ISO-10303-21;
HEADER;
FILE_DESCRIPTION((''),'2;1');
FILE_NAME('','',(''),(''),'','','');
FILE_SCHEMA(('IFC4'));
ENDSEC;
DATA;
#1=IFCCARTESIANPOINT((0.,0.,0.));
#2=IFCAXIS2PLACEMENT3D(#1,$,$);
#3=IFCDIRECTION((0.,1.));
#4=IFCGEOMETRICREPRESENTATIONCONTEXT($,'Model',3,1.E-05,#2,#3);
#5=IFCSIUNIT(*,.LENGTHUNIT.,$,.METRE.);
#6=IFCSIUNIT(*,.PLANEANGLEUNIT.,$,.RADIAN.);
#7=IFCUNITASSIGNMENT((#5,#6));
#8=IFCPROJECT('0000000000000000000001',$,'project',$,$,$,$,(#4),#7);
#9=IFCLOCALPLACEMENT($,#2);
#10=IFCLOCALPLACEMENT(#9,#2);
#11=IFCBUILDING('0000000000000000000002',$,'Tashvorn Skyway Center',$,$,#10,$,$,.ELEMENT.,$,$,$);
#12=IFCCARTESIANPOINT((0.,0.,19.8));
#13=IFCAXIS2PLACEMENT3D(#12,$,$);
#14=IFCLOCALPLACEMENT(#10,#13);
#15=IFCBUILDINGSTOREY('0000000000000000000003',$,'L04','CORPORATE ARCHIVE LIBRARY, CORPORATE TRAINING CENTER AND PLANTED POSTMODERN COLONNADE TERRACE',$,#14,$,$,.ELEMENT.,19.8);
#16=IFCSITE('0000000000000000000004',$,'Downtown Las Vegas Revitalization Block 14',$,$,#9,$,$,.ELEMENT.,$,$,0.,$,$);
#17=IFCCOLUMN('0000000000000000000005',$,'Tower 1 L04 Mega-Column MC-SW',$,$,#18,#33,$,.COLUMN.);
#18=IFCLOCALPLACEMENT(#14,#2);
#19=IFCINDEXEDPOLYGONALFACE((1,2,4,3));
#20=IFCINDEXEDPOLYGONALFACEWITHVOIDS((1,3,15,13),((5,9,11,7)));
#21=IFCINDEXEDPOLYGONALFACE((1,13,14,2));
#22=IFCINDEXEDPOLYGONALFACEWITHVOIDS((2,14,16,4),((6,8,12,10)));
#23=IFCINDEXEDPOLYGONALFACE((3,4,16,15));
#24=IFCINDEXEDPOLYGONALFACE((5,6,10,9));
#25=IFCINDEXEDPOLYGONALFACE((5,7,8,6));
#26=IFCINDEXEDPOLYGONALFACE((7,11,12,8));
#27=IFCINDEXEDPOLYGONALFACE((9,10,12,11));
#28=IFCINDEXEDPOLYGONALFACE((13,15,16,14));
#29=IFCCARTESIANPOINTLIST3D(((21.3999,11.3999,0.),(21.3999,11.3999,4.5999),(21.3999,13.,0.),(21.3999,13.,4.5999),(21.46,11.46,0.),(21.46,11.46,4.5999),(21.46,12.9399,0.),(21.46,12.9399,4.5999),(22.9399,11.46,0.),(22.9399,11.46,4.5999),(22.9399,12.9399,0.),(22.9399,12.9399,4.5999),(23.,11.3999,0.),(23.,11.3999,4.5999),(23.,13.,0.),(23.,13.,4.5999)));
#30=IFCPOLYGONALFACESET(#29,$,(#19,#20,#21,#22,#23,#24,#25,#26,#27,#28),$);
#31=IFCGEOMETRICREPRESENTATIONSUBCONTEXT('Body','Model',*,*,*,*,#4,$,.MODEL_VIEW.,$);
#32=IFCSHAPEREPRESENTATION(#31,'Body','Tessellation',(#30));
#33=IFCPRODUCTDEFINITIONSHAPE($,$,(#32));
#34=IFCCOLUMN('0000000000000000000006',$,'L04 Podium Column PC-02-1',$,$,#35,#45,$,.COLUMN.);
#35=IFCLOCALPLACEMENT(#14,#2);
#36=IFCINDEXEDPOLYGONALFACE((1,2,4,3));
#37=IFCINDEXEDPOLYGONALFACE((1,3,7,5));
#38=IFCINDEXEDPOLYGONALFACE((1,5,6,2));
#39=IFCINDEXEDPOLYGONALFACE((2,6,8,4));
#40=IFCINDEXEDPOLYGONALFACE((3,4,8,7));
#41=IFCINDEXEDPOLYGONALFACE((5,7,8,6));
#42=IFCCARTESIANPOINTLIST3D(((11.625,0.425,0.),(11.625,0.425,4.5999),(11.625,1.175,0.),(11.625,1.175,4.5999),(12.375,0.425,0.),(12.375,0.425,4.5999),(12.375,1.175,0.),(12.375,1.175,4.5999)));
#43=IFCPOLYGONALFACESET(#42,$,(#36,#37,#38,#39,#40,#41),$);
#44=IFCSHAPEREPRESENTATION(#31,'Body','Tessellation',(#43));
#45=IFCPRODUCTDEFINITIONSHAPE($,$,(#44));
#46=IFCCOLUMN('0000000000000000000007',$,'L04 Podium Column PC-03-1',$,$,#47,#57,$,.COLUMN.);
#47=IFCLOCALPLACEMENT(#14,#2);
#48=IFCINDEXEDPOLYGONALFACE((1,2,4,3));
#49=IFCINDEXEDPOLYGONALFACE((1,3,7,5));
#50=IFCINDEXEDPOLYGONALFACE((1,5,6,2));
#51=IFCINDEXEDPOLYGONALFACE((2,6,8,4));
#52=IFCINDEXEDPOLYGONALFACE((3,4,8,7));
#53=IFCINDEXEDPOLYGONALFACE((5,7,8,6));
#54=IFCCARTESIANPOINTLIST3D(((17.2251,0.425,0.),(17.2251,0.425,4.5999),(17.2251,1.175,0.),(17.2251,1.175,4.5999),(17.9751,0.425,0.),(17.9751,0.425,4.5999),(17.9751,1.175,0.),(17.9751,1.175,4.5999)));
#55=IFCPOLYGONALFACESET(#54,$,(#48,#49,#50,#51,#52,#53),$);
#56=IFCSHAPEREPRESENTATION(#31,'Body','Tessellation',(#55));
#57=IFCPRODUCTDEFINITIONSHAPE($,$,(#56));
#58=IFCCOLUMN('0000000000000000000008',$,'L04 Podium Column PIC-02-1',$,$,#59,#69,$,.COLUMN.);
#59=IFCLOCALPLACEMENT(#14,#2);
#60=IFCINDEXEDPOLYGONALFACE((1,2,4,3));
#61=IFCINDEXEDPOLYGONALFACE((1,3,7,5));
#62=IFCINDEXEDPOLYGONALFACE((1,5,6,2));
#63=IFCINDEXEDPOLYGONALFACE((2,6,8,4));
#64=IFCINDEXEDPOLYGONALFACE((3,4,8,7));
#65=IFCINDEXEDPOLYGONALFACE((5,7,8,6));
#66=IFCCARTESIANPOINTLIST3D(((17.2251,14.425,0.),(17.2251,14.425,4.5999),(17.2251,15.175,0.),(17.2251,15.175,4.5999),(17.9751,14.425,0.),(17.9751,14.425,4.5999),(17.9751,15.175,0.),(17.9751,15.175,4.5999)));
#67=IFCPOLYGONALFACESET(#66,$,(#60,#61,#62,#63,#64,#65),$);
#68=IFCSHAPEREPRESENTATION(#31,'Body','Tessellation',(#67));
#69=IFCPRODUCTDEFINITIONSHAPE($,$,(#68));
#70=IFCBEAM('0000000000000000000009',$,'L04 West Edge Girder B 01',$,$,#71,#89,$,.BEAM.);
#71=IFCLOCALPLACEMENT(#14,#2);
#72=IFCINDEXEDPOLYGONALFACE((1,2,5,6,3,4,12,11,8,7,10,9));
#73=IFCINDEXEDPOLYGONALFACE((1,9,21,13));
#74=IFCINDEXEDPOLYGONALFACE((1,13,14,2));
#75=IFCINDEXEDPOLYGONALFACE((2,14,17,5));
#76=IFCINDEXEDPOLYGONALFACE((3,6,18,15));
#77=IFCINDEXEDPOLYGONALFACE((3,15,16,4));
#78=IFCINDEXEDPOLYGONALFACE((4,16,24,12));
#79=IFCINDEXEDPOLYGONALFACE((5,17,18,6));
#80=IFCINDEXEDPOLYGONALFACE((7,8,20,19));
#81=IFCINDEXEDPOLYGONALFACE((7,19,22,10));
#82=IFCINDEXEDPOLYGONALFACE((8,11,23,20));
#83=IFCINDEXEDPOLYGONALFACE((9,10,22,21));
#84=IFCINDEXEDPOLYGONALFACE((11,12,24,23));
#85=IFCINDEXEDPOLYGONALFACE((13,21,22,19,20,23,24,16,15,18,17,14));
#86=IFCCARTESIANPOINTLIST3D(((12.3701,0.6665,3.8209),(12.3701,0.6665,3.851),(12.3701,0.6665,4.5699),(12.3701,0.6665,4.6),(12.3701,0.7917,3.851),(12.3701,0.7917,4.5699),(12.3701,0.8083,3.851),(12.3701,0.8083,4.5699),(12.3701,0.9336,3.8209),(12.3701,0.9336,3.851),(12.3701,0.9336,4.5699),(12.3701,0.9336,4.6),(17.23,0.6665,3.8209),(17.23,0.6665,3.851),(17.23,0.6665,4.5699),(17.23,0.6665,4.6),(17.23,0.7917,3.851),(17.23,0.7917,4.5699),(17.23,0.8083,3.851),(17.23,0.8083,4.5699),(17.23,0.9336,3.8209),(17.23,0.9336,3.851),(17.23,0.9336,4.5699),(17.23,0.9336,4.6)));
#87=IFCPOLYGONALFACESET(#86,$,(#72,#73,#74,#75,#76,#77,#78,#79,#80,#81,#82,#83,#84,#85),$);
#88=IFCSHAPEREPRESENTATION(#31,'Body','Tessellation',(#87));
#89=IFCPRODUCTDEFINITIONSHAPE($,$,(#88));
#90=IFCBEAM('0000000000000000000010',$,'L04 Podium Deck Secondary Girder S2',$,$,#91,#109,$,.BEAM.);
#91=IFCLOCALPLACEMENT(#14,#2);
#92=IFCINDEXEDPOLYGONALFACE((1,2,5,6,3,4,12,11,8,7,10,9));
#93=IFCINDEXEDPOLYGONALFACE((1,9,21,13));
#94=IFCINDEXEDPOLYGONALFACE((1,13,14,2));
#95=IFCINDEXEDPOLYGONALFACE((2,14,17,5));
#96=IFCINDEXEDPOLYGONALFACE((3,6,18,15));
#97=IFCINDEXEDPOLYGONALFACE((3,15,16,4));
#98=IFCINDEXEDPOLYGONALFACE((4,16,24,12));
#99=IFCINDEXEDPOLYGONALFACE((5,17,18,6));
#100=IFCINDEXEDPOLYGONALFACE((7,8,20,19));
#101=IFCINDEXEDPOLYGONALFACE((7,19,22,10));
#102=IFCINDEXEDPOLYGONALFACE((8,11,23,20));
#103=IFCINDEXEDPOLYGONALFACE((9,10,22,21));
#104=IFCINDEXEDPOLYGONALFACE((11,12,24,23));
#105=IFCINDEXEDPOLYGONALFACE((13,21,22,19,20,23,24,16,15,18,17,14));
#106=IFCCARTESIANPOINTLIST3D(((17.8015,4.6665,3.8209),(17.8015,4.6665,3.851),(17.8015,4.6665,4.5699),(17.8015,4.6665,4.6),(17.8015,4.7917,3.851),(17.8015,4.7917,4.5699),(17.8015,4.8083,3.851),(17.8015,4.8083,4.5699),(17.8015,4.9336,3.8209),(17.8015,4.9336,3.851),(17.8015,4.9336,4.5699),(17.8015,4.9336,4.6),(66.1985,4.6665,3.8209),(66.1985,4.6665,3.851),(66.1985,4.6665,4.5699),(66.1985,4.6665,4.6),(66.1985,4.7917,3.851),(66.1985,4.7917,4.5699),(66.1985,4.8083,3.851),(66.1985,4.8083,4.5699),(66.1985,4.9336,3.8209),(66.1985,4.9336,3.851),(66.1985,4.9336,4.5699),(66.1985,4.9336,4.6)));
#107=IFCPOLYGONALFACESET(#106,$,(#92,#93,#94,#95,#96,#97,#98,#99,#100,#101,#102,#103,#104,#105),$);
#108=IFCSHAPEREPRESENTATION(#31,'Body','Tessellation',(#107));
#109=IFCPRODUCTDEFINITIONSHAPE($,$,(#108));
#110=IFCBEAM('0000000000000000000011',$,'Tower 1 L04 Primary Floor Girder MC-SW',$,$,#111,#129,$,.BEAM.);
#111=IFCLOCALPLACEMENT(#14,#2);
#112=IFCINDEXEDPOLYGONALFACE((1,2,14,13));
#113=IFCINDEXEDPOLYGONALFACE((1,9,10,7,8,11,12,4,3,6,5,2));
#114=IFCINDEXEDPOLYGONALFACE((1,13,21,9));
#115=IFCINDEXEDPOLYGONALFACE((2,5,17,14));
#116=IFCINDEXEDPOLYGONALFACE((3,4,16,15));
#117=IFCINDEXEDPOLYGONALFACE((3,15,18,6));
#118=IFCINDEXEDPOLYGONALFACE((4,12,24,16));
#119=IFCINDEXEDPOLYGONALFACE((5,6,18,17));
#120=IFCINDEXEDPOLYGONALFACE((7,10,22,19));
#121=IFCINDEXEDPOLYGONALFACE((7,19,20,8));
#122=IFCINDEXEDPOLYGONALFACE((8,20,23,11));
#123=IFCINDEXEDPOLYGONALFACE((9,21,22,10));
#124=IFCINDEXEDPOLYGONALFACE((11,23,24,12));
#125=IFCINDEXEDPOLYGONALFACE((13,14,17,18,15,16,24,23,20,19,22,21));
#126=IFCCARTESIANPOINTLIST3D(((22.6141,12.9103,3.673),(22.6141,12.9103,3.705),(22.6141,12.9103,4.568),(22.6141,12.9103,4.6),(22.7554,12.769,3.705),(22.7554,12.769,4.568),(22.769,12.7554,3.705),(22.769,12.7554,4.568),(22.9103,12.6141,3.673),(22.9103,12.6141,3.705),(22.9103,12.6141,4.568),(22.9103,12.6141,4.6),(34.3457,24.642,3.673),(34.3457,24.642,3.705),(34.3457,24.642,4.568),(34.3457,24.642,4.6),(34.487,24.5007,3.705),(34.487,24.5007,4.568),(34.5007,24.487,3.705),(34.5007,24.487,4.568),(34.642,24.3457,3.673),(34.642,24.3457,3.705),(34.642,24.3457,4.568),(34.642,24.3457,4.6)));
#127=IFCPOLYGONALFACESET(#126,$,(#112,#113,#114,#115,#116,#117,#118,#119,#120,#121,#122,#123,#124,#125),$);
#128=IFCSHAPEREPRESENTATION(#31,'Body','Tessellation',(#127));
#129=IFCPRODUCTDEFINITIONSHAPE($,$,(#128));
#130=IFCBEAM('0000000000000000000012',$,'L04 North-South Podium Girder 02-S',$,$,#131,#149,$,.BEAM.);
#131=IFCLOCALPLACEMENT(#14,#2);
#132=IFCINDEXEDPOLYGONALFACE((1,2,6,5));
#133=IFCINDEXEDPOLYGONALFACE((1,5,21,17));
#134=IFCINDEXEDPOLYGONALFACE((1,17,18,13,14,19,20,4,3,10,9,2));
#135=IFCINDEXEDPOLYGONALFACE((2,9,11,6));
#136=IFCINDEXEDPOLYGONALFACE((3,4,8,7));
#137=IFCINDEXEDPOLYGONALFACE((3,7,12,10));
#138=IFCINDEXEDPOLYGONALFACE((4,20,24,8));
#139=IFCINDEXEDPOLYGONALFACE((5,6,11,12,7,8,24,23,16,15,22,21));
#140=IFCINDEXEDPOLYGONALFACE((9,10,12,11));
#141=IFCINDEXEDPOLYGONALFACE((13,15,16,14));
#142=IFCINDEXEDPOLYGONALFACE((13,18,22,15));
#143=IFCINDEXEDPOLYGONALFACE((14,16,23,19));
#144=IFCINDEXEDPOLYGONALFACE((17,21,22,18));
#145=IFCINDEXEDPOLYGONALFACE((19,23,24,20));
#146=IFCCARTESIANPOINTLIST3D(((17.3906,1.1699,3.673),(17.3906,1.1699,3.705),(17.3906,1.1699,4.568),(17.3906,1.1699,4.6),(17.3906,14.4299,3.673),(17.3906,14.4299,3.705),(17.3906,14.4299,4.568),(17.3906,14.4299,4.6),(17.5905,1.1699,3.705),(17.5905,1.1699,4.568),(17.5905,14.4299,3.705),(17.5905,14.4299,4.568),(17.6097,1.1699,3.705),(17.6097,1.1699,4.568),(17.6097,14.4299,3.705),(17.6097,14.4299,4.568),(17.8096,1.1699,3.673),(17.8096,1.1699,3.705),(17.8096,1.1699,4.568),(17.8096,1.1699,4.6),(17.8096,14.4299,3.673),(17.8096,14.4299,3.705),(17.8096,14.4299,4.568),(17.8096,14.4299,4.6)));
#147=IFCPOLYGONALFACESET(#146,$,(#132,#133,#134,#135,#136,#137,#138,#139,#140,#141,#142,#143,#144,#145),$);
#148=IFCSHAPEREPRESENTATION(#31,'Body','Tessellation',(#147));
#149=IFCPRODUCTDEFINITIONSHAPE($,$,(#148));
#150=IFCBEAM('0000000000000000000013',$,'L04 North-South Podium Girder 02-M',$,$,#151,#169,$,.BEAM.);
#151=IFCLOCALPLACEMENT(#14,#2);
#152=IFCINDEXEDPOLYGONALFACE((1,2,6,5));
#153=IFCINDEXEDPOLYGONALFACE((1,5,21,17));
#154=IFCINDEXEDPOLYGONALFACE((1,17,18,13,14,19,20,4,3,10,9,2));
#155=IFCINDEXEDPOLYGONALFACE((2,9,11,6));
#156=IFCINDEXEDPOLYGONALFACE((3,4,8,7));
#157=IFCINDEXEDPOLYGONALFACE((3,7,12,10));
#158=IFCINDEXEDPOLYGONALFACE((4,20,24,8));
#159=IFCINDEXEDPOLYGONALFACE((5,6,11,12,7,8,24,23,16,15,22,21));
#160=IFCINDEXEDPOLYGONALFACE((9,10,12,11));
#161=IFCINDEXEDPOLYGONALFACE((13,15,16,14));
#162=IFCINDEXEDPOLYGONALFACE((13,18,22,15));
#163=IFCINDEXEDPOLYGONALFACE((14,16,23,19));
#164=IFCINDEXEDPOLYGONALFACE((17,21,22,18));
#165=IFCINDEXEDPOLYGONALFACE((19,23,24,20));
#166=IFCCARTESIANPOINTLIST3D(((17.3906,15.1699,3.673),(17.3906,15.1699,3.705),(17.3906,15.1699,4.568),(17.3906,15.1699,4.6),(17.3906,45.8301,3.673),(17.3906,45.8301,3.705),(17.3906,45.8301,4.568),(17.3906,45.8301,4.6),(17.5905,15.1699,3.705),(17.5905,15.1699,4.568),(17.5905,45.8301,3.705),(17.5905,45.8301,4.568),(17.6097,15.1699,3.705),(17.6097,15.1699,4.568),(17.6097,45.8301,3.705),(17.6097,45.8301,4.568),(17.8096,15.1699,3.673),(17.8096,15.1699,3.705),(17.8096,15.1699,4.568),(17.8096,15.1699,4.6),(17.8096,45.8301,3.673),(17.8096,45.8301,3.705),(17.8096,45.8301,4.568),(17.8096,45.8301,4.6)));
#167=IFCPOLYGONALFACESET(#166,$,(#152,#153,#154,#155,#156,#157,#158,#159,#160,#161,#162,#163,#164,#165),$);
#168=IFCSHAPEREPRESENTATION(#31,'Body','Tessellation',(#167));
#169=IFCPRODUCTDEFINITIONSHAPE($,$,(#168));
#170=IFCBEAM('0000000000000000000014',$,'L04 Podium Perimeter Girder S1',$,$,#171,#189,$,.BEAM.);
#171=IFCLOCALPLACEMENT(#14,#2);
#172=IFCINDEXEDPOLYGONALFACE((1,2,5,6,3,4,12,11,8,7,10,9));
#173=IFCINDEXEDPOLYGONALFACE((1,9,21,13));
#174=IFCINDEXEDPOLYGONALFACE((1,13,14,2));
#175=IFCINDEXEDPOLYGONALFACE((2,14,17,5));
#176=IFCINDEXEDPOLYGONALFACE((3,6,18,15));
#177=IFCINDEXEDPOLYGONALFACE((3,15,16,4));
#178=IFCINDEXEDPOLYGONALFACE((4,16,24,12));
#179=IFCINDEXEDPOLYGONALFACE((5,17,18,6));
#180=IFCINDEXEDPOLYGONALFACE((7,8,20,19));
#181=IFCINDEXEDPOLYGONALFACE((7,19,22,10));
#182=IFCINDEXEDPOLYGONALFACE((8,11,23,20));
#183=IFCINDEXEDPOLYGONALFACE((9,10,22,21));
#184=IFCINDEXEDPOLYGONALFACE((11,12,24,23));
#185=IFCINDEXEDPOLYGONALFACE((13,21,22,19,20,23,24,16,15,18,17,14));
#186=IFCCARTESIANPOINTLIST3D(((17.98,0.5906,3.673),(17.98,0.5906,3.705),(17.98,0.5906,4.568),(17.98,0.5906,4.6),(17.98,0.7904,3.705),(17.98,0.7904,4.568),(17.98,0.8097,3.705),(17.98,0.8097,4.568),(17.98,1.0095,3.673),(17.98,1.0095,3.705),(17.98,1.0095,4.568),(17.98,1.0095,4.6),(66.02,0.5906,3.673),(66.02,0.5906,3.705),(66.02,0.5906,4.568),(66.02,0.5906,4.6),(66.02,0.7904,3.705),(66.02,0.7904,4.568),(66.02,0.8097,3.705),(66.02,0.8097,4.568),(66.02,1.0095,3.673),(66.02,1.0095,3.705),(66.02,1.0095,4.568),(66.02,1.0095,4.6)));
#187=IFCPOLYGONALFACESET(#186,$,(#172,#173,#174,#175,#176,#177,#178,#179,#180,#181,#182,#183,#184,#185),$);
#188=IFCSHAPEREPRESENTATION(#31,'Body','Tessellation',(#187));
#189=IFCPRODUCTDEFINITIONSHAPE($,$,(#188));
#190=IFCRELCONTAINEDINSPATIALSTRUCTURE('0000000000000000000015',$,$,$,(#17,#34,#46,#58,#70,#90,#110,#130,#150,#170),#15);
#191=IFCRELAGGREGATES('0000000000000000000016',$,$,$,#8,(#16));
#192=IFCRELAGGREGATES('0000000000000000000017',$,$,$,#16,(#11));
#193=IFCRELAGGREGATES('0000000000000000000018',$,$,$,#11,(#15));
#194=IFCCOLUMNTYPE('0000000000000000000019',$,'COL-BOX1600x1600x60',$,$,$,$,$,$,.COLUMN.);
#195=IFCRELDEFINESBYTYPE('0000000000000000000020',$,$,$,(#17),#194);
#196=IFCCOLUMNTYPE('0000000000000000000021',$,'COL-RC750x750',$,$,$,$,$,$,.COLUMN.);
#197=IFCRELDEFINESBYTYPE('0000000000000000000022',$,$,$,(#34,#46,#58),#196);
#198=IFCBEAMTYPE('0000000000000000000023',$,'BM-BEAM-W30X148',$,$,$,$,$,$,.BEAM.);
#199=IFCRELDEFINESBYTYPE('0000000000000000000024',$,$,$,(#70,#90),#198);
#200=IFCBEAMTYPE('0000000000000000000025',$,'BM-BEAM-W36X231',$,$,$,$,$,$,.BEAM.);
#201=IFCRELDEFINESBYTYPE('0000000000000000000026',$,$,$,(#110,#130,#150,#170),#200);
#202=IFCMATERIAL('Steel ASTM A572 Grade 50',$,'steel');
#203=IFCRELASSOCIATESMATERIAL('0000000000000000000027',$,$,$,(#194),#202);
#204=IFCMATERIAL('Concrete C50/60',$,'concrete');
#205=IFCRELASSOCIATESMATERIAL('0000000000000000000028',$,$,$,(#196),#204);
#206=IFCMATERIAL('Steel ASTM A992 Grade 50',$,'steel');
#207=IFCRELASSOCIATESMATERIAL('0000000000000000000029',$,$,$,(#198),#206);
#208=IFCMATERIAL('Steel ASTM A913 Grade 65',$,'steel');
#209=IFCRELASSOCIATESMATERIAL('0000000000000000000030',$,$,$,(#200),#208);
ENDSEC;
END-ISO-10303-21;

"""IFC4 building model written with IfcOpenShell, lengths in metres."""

from ifc_helpers import new_model, si_unit, direction, frame, origin, origin_2d, place, context, subcontext, project, spatial, rectangle, hollow_rectangle, i_section, extrude, material, material_profile, profile_set, type_object, element, save


model = new_model("IFC4")

# Units and contexts
model_context = context("Model", 3, precision=1e-05, world=origin(), true_north=direction((0.0, 1.0)))
body_context = subcontext(model_context, "Body", "Model", "MODEL_VIEW")
ifc_project = project(units=[si_unit("LENGTHUNIT", "METRE"), si_unit("PLANEANGLEUNIT", "RADIAN")], contexts=[model_context])

# Site, building, storey
site_placement = place(None, origin())
site = spatial("IfcSite", under=ifc_project, at=site_placement, Name="Downtown Las Vegas Revitalization Block 14", CompositionType="ELEMENT", RefElevation=0.0)
building_placement = place(site_placement, origin())
building = spatial("IfcBuilding", under=site, at=building_placement, Name="Tashvorn Skyway Center", CompositionType="ELEMENT")
storey_placement = place(building_placement, frame((0.0, 0.0, 19.8)))
storey = spatial("IfcBuildingStorey", under=building, at=storey_placement, Name="L04", Description="CORPORATE ARCHIVE LIBRARY, CORPORATE TRAINING CENTER AND PLANTED POSTMODERN COLONNADE TERRACE", CompositionType="ELEMENT", Elevation=19.8)

# Columns
ifc_material_1 = material(Name="Steel ASTM A572 Grade 50", Category="steel")
ifc_material_profile_1 = material_profile(ifc_material_1, hollow_rectangle(XDim=1.6001, YDim=1.6001, WallThickness=0.0601, at=origin_2d()), Name="BOX1600x1600x60")
ifc_profile_set_1 = profile_set([ifc_material_profile_1], Name="Steel ASTM A572 Grade 50")
column_type_1 = type_object("IfcColumnType", Name="COL-BOX1600x1600x60", PredefinedType="COLUMN", material=ifc_profile_set_1)
column_placement = place(storey_placement, frame((22.2, 12.2, 0.0), z_axis=(0.0, 0.0, 1.0), x_axis=(1.0, 0.0, 0.0)))
element("IfcColumn", 1, at=column_placement, inside=storey, type_object=column_type_1, Name="Tower 1 L04 Mega-Column MC-SW", PredefinedType="COLUMN", context=body_context, shape_type="SweptSolid", body=[
    extrude(hollow_rectangle(XDim=1.6001, YDim=1.6001, WallThickness=0.0601, at=origin_2d()), origin(), (0.0, 0.0, 1.0), 4.5999),
])
ifc_material_2 = material(Name="Concrete C50/60", Category="concrete")
ifc_material_profile_2 = material_profile(ifc_material_2, rectangle(XDim=0.75, YDim=0.75, at=origin_2d()), Name="RC750x750")
ifc_profile_set_2 = profile_set([ifc_material_profile_2], Name="Concrete C50/60")
column_type_2 = type_object("IfcColumnType", Name="COL-RC750x750", PredefinedType="COLUMN", material=ifc_profile_set_2)
for number, where, z_axis, x_axis, name in (
    (2, (12.0, 0.8, 0.0), (0.0, 0.0, 1.0), (1.0, 0.0, 0.0), "L04 Podium Column PC-02-1"),
    (3, (17.6001, 0.8, 0.0), (0.0, 0.0, 1.0), (1.0, 0.0, 0.0), "L04 Podium Column PC-03-1"),
    (4, (17.6001, 14.8, 0.0), (0.0, 0.0, 1.0), (1.0, 0.0, 0.0), "L04 Podium Column PIC-02-1"),
):
    element("IfcColumn", number, at=place(storey_placement, frame(where, z_axis=z_axis, x_axis=x_axis)), inside=storey, type_object=column_type_2, Name=name, PredefinedType="COLUMN", context=body_context, shape_type="SweptSolid", body=[
        extrude(rectangle(XDim=0.75, YDim=0.75, at=origin_2d()), origin(), (0.0, 0.0, 1.0), 4.5999),
    ])

# Beams
ifc_material_3 = material(Name="Steel ASTM A992 Grade 50", Category="steel")
ifc_material_profile_3 = material_profile(ifc_material_3, i_section(OverallWidth=0.2671, OverallDepth=0.7791, WebThickness=0.0166, FlangeThickness=0.03, at=origin_2d()), Name="W30X148")
ifc_profile_set_3 = profile_set([ifc_material_profile_3], Name="Steel ASTM A992 Grade 50")
beam_type_1 = type_object("IfcBeamType", Name="BM-BEAM-W30X148", PredefinedType="BEAM", material=ifc_profile_set_3)
beam_1_placement = place(storey_placement, frame((12.3701, 0.8, 4.2104), z_axis=(1.0, 0.0, 0.0), x_axis=(0.0, 1.0, 0.0)))
element("IfcBeam", 5, at=beam_1_placement, inside=storey, type_object=beam_type_1, Name="L04 West Edge Girder B 01", PredefinedType="BEAM", context=body_context, shape_type="SweptSolid", body=[
    extrude(i_section(OverallWidth=0.2671, OverallDepth=0.7791, WebThickness=0.0166, FlangeThickness=0.03, at=origin_2d()), origin(), (0.0, 0.0, 1.0), 4.8599),
])
beam_2_placement = place(storey_placement, frame((17.8015, 4.8, 4.2104), z_axis=(1.0, 0.0, 0.0), x_axis=(0.0, 1.0, 0.0)))
element("IfcBeam", 6, at=beam_2_placement, inside=storey, type_object=beam_type_1, Name="L04 Podium Deck Secondary Girder S2", PredefinedType="BEAM", context=body_context, shape_type="SweptSolid", body=[
    extrude(i_section(OverallWidth=0.2671, OverallDepth=0.7791, WebThickness=0.0166, FlangeThickness=0.03, at=origin_2d()), origin(), (0.0, 0.0, 1.0), 48.397),
])
ifc_material_4 = material(Name="Steel ASTM A913 Grade 65", Category="steel")
ifc_material_profile_4 = material_profile(ifc_material_4, i_section(OverallWidth=0.4189, OverallDepth=0.927, WebThickness=0.0193, FlangeThickness=0.032, at=origin_2d()), Name="W36X231")
ifc_profile_set_4 = profile_set([ifc_material_profile_4], Name="Steel ASTM A913 Grade 65")
beam_type_2 = type_object("IfcBeamType", Name="BM-BEAM-W36X231", PredefinedType="BEAM", material=ifc_profile_set_4)
beam_3_placement = place(storey_placement, frame((22.7622, 12.7622, 4.1365), z_axis=(0.707107, 0.707107, 0.0), x_axis=(-0.707107, 0.707107, 0.0)))
element("IfcBeam", 7, at=beam_3_placement, inside=storey, type_object=beam_type_2, Name="Tower 1 L04 Primary Floor Girder MC-SW", PredefinedType="BEAM", context=body_context, shape_type="SweptSolid", body=[
    extrude(i_section(OverallWidth=0.4189, OverallDepth=0.927, WebThickness=0.0193, FlangeThickness=0.032, at=origin_2d()), origin(), (0.0, 0.0, 1.0), 16.5911),
])
beam_4_placement = place(storey_placement, frame((17.6001, 1.1699, 4.1365), z_axis=(0.0, 1.0, 0.0), x_axis=(-1.0, 0.0, 0.0)))
element("IfcBeam", 8, at=beam_4_placement, inside=storey, type_object=beam_type_2, Name="L04 North-South Podium Girder 02-S", PredefinedType="BEAM", context=body_context, shape_type="SweptSolid", body=[
    extrude(i_section(OverallWidth=0.4189, OverallDepth=0.927, WebThickness=0.0193, FlangeThickness=0.032, at=origin_2d()), origin(), (0.0, 0.0, 1.0), 13.26),
])
beam_5_placement = place(storey_placement, frame((17.6001, 15.1699, 4.1365), z_axis=(0.0, 1.0, 0.0), x_axis=(-1.0, 0.0, 0.0)))
element("IfcBeam", 9, at=beam_5_placement, inside=storey, type_object=beam_type_2, Name="L04 North-South Podium Girder 02-M", PredefinedType="BEAM", context=body_context, shape_type="SweptSolid", body=[
    extrude(i_section(OverallWidth=0.4189, OverallDepth=0.927, WebThickness=0.0193, FlangeThickness=0.032, at=origin_2d()), origin(), (0.0, 0.0, 1.0), 30.6602),
])
beam_6_placement = place(storey_placement, frame((17.98, 0.8, 4.1365), z_axis=(1.0, 0.0, 0.0), x_axis=(0.0, 1.0, 0.0)))
element("IfcBeam", 10, at=beam_6_placement, inside=storey, type_object=beam_type_2, Name="L04 Podium Perimeter Girder S1", PredefinedType="BEAM", context=body_context, shape_type="SweptSolid", body=[
    extrude(i_section(OverallWidth=0.4189, OverallDepth=0.927, WebThickness=0.0193, FlangeThickness=0.032, at=origin_2d()), origin(), (0.0, 0.0, 1.0), 48.04),
])

save(model, "model.ifc")
